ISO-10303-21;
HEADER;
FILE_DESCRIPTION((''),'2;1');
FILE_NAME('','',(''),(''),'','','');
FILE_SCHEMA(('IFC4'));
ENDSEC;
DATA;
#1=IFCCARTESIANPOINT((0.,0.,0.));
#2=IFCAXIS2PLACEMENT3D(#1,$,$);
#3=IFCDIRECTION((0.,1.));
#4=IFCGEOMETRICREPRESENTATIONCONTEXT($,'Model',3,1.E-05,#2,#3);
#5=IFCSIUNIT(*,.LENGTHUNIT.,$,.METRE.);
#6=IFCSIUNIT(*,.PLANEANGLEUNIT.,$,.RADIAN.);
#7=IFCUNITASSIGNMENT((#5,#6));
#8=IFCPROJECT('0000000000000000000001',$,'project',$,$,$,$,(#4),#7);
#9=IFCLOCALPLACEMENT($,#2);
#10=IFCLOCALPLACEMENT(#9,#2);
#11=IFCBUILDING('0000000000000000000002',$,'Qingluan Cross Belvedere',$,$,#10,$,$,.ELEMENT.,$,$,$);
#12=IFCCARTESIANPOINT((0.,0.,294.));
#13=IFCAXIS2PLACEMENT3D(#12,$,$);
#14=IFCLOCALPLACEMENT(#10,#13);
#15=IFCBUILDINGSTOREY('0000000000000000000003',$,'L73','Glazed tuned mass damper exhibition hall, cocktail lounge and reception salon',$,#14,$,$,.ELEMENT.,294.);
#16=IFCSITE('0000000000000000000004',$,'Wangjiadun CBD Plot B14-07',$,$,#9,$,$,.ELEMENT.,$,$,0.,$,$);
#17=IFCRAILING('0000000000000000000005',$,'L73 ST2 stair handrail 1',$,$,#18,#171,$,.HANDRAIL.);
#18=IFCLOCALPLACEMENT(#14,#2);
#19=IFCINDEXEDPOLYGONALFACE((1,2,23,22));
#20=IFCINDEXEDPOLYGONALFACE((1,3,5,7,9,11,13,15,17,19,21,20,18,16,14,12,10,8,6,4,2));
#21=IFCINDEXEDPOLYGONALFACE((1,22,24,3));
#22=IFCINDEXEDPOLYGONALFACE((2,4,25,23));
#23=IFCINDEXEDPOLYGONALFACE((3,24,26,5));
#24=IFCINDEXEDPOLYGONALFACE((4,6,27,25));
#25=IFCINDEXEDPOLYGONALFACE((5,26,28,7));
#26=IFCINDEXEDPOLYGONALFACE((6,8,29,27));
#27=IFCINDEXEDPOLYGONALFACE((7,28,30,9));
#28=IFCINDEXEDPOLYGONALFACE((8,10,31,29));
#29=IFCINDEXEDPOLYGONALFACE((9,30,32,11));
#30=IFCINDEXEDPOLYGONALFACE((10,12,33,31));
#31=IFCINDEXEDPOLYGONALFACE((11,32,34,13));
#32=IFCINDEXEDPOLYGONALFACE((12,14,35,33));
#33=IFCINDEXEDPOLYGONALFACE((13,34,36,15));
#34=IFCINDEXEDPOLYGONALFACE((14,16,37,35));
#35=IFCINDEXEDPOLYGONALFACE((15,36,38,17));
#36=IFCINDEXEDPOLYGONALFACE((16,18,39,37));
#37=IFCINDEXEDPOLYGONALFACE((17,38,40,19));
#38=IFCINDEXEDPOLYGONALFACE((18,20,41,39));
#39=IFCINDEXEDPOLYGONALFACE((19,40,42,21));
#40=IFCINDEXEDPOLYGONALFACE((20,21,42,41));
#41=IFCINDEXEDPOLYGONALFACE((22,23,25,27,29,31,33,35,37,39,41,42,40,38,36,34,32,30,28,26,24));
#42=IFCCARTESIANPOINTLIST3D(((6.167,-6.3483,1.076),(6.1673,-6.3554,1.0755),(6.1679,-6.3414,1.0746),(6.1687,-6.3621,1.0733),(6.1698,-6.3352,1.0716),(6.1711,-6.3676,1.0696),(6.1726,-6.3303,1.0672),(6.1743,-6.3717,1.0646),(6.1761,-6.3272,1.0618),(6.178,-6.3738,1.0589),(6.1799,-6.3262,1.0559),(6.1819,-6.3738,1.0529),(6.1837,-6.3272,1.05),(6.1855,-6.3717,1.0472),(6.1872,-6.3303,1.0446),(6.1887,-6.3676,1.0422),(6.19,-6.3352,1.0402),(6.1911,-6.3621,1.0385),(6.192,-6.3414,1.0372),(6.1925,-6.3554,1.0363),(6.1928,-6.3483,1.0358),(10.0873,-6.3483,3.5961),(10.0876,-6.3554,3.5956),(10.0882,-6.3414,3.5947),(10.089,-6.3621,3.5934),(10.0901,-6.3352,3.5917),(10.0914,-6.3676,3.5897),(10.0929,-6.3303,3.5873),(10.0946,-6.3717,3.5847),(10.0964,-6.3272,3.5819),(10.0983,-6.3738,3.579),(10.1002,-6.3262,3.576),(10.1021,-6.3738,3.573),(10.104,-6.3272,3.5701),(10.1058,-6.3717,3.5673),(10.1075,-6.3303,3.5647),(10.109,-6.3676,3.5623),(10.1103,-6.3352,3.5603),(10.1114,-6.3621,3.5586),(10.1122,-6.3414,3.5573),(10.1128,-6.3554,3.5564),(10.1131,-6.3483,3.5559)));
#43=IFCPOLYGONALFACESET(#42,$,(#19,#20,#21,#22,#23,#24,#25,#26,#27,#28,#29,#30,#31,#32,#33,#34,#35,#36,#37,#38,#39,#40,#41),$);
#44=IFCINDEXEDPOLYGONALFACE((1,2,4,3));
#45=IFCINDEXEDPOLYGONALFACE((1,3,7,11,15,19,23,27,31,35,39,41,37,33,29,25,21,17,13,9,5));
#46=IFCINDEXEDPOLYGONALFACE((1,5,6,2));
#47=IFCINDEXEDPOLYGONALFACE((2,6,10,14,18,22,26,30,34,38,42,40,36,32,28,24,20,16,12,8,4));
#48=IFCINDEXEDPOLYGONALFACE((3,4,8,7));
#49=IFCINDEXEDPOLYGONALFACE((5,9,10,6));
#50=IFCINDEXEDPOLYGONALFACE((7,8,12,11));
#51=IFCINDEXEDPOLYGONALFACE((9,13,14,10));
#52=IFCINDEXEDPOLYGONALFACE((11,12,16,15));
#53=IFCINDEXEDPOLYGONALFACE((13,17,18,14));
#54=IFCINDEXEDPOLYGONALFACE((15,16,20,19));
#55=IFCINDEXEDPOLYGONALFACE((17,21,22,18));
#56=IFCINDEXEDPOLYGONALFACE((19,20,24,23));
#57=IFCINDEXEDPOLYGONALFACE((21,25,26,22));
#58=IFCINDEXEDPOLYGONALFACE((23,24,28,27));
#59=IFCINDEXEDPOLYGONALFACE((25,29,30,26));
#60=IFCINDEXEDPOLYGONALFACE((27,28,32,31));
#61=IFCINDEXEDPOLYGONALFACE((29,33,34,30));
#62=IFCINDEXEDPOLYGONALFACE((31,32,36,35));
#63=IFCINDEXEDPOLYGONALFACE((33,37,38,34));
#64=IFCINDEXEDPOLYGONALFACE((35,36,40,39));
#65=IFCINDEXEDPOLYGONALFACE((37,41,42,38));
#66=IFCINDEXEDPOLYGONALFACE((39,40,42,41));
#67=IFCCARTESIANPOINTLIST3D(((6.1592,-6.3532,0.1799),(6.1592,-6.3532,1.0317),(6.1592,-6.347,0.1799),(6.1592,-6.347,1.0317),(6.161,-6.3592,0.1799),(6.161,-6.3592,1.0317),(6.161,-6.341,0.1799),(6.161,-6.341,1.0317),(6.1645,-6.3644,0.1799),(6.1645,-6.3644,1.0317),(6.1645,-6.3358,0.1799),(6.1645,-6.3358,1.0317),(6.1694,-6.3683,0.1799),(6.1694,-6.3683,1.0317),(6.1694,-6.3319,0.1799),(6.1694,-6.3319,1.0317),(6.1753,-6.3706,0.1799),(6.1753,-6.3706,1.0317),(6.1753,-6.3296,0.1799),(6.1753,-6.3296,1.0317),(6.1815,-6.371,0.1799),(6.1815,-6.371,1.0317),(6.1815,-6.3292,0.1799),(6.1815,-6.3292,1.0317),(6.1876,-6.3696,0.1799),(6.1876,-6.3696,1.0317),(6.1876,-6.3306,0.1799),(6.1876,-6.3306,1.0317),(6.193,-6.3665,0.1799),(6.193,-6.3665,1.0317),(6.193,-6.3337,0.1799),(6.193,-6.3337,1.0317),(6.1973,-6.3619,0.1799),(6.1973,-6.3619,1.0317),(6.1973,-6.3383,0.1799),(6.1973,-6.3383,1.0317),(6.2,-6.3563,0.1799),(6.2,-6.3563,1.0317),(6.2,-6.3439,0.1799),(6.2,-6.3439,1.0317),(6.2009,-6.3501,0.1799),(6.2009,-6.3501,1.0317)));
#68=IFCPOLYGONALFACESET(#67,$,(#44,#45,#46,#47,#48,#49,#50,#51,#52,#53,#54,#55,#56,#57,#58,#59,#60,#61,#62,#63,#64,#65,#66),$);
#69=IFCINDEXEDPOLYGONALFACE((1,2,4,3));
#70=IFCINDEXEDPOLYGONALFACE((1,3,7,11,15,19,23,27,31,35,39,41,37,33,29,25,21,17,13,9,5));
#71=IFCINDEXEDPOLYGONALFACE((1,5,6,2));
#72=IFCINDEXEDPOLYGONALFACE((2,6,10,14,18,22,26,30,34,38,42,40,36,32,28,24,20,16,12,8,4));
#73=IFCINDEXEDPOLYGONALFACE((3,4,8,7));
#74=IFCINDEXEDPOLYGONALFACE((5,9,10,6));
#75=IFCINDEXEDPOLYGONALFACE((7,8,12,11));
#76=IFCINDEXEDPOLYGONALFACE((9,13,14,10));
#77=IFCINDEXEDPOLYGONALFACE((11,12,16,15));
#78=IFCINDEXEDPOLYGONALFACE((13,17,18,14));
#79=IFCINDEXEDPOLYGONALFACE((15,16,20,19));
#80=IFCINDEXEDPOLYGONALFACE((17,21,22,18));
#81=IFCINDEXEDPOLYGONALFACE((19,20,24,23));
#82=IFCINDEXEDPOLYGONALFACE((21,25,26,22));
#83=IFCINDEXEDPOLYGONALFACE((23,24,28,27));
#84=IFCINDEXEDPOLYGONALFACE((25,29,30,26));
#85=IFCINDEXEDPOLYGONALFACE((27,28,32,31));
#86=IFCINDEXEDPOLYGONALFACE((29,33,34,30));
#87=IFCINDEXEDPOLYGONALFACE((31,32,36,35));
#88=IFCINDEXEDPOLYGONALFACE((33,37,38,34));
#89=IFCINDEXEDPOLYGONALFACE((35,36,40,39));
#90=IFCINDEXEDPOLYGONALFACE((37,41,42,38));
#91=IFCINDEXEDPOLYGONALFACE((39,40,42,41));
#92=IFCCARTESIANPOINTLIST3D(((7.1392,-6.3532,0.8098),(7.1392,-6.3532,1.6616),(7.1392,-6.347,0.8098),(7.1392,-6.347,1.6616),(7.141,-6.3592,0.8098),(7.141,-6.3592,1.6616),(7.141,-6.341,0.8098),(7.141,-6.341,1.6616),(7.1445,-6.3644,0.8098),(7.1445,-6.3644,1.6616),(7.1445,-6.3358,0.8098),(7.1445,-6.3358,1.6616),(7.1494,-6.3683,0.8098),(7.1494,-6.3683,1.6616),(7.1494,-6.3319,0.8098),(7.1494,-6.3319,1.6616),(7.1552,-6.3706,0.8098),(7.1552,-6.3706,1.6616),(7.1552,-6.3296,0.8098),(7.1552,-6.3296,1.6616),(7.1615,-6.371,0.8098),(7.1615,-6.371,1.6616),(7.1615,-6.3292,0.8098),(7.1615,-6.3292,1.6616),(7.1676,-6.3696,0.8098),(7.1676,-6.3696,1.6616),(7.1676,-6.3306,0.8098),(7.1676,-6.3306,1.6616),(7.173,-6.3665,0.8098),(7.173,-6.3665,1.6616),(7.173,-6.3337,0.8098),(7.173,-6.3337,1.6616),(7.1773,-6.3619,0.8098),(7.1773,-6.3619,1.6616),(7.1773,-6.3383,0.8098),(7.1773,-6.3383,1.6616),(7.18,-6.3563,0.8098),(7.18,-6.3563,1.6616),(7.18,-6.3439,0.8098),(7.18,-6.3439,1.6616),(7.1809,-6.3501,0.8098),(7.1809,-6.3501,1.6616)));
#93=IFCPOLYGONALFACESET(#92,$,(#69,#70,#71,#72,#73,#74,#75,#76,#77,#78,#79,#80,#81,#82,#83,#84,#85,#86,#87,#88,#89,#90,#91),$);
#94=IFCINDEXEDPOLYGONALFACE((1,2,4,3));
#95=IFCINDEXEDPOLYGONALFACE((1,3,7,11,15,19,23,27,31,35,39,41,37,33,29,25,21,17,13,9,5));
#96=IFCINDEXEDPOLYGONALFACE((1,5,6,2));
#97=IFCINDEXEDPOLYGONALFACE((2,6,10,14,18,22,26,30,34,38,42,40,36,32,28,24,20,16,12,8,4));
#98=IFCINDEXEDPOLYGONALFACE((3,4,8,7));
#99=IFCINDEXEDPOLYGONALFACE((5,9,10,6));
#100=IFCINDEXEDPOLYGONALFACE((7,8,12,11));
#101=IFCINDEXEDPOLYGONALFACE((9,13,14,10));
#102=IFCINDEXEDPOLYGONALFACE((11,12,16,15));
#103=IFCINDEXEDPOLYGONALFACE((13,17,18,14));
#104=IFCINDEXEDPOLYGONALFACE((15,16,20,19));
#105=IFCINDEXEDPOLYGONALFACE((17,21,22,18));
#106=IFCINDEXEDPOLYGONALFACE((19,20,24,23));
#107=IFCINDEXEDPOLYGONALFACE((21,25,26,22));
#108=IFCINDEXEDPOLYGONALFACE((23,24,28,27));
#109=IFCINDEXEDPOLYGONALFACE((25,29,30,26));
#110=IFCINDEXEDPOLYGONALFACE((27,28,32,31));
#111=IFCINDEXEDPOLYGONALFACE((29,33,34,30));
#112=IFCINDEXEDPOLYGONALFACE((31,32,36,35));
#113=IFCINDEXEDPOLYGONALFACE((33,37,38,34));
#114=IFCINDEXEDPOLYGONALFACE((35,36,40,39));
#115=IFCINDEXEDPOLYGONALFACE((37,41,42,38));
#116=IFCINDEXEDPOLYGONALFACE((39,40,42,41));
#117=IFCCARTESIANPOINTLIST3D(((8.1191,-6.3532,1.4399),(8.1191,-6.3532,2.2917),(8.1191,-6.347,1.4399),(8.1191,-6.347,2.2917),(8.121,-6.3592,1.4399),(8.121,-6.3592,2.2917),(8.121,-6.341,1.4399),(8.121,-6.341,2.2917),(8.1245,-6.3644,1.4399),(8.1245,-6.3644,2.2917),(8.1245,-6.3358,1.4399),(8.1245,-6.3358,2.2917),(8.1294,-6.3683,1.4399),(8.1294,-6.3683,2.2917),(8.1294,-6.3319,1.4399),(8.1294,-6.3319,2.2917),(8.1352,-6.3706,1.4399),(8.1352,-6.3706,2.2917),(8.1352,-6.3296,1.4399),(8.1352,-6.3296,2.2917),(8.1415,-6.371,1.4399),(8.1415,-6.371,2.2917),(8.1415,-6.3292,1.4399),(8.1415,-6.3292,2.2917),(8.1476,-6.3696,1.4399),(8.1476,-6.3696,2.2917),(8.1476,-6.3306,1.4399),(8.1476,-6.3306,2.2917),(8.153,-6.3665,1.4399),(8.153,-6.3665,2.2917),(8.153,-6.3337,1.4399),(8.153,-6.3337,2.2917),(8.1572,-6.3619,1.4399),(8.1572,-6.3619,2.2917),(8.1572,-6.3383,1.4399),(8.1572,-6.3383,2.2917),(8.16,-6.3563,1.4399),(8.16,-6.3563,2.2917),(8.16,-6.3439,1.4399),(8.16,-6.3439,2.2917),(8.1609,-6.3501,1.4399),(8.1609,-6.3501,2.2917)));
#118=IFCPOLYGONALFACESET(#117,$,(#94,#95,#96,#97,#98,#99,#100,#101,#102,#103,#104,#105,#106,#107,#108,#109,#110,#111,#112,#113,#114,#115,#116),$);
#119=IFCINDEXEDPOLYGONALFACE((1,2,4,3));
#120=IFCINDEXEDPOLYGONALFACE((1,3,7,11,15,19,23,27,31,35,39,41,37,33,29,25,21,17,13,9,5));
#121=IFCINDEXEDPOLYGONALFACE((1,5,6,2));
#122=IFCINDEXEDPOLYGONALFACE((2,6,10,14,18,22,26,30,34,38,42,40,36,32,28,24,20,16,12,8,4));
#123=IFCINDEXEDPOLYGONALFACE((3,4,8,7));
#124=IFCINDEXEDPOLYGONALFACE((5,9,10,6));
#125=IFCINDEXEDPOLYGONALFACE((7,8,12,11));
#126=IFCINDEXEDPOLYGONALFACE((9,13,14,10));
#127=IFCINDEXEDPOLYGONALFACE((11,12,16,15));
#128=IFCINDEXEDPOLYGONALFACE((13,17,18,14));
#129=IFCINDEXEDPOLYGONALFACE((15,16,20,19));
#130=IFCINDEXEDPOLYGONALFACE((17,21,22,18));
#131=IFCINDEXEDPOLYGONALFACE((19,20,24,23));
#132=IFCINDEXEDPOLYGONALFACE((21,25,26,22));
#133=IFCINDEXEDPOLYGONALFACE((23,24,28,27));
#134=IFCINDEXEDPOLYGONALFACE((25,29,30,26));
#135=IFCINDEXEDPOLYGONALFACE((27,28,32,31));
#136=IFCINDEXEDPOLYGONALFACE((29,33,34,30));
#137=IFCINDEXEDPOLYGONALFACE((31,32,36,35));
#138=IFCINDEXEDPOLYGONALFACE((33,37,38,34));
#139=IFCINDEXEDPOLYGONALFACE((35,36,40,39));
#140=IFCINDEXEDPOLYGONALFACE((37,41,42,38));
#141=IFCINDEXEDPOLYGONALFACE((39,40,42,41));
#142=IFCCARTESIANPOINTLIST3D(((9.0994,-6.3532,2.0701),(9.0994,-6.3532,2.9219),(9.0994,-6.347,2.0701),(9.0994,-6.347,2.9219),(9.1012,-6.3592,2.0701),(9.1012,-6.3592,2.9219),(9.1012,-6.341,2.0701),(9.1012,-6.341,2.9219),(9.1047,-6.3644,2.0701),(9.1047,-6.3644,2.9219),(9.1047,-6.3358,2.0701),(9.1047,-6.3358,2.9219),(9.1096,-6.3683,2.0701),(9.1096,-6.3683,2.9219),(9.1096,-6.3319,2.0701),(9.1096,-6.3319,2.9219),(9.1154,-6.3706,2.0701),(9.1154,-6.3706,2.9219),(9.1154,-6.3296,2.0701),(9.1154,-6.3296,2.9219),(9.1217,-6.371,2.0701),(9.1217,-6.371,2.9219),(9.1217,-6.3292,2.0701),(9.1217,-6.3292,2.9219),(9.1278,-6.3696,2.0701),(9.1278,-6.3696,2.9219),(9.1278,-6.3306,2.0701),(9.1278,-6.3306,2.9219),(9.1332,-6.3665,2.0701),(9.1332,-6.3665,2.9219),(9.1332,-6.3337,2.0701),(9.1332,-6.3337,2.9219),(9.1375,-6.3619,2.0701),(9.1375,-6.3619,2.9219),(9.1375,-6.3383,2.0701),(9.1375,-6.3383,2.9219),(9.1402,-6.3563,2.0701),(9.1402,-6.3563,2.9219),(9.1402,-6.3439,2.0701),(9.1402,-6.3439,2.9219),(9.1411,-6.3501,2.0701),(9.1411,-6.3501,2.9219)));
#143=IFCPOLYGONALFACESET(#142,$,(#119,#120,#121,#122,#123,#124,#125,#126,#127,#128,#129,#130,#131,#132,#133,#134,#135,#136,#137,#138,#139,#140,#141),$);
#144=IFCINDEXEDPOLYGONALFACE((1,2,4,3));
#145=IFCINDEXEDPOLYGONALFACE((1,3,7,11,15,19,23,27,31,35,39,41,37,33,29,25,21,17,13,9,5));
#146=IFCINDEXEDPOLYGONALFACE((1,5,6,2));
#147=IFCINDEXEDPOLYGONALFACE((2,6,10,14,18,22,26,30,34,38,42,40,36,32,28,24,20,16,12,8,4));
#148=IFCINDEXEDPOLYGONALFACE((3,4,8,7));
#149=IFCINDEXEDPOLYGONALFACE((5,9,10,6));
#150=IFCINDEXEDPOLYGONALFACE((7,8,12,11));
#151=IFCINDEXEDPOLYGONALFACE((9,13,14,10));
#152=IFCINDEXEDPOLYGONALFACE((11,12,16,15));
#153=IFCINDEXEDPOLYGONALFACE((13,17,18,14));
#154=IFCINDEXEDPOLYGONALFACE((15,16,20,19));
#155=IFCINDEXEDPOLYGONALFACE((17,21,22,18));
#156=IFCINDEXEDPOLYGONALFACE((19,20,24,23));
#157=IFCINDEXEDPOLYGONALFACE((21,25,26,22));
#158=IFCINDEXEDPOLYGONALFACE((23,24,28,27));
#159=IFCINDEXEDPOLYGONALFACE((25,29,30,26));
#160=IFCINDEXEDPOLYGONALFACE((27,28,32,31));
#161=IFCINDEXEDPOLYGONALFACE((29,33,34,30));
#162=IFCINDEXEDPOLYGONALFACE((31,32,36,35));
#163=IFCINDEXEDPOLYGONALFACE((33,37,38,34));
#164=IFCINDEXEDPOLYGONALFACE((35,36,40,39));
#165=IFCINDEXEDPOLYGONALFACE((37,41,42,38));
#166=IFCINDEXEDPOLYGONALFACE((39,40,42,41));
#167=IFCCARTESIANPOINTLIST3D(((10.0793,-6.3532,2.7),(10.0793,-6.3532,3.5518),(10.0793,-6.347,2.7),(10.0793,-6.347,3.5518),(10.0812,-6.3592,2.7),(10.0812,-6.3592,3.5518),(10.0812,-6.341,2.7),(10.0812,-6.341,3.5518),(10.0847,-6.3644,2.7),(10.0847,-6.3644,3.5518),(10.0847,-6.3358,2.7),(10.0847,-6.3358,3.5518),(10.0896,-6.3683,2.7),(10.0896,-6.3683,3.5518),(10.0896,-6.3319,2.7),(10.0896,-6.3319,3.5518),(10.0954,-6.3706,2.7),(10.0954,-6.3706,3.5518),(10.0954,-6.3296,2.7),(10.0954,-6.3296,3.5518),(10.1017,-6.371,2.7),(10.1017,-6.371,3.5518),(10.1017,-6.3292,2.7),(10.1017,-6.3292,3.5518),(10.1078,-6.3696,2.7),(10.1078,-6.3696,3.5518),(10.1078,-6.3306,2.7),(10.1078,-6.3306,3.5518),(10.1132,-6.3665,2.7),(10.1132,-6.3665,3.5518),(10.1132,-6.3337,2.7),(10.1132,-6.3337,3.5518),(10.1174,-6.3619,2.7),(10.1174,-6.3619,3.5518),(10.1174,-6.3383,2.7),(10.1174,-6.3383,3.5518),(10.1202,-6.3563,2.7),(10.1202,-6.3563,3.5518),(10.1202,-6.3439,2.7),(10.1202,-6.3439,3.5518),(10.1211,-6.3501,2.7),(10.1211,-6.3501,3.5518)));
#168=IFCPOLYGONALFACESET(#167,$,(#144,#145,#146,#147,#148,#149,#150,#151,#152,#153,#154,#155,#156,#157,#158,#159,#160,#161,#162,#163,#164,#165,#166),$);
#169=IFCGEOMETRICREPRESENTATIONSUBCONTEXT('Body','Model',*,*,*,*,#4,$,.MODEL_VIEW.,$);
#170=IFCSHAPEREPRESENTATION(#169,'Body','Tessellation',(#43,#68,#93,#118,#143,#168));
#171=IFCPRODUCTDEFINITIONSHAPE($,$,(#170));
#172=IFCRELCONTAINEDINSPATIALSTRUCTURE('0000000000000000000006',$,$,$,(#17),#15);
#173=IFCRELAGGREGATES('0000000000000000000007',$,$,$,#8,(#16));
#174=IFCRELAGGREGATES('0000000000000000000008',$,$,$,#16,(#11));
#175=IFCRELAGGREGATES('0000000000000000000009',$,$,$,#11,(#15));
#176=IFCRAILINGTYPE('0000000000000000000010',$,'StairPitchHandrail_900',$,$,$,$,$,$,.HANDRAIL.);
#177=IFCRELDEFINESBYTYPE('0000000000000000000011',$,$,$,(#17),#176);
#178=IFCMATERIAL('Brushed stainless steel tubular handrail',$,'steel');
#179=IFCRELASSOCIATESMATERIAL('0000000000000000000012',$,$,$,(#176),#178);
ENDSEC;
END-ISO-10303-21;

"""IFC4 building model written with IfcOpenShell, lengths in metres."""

from ifc_helpers import new_model, si_unit, direction, frame, origin, origin_2d, place, context, subcontext, project, spatial, circle, extrude, material, type_object, element, save


model = new_model("IFC4")

# Units and contexts
model_context = context("Model", 3, precision=1e-05, world=origin(), true_north=direction((0.0, 1.0)))
body_context = subcontext(model_context, "Body", "Model", "MODEL_VIEW")
ifc_project = project(units=[si_unit("LENGTHUNIT", "METRE"), si_unit("PLANEANGLEUNIT", "RADIAN")], contexts=[model_context])

# Site, building, storey
site_placement = place(None, origin())
site = spatial("IfcSite", under=ifc_project, at=site_placement, Name="Wangjiadun CBD Plot B14-07", CompositionType="ELEMENT", RefElevation=0.0)
building_placement = place(site_placement, origin())
building = spatial("IfcBuilding", under=site, at=building_placement, Name="Qingluan Cross Belvedere", CompositionType="ELEMENT")
storey_placement = place(building_placement, frame((0.0, 0.0, 294.0)))
storey = spatial("IfcBuildingStorey", under=building, at=storey_placement, Name="L73", Description="Glazed tuned mass damper exhibition hall, cocktail lounge and reception salon", CompositionType="ELEMENT", Elevation=294.0)

# Railing
ifc_material_1 = material(Name="Brushed stainless steel tubular handrail", Category="steel")
railing_type_1 = type_object("IfcRailingType", Name="StairPitchHandrail_900", PredefinedType="HANDRAIL", material=ifc_material_1)
railing_1_placement = place(storey_placement, frame((6.1799, -6.3501, 0.1799)))
element("IfcRailing", 1, at=railing_1_placement, inside=storey, type_object=railing_type_1, Name="L73 ST2 stair handrail 1", PredefinedType="HANDRAIL", context=body_context, shape_type="SweptSolid", body=[
    extrude(circle(Radius=0.0239, at=origin_2d()), frame((0.0, 0.0, 0.876), z_axis=(0.841187, 0.0, 0.540744), x_axis=(0.0, 1.0, 0.0)), (0.0, 0.0, 1.0), 4.6604),
    extrude(circle(Radius=0.021, at=origin_2d()), origin(), (0.0, 0.0, 1.0), 0.8518),
    extrude(circle(Radius=0.021, at=origin_2d()), frame((0.98, 0.0, 0.6299)), (0.0, 0.0, 1.0), 0.8518),
    extrude(circle(Radius=0.021, at=origin_2d()), frame((1.96, 0.0, 1.26)), (0.0, 0.0, 1.0), 0.8518),
    extrude(circle(Radius=0.021, at=origin_2d()), frame((2.9402, 0.0, 1.8901)), (0.0, 0.0, 1.0), 0.8518),
    extrude(circle(Radius=0.021, at=origin_2d()), frame((3.9202, 0.0, 2.52)), (0.0, 0.0, 1.0), 0.8518),
])

save(model, "model.ifc")
